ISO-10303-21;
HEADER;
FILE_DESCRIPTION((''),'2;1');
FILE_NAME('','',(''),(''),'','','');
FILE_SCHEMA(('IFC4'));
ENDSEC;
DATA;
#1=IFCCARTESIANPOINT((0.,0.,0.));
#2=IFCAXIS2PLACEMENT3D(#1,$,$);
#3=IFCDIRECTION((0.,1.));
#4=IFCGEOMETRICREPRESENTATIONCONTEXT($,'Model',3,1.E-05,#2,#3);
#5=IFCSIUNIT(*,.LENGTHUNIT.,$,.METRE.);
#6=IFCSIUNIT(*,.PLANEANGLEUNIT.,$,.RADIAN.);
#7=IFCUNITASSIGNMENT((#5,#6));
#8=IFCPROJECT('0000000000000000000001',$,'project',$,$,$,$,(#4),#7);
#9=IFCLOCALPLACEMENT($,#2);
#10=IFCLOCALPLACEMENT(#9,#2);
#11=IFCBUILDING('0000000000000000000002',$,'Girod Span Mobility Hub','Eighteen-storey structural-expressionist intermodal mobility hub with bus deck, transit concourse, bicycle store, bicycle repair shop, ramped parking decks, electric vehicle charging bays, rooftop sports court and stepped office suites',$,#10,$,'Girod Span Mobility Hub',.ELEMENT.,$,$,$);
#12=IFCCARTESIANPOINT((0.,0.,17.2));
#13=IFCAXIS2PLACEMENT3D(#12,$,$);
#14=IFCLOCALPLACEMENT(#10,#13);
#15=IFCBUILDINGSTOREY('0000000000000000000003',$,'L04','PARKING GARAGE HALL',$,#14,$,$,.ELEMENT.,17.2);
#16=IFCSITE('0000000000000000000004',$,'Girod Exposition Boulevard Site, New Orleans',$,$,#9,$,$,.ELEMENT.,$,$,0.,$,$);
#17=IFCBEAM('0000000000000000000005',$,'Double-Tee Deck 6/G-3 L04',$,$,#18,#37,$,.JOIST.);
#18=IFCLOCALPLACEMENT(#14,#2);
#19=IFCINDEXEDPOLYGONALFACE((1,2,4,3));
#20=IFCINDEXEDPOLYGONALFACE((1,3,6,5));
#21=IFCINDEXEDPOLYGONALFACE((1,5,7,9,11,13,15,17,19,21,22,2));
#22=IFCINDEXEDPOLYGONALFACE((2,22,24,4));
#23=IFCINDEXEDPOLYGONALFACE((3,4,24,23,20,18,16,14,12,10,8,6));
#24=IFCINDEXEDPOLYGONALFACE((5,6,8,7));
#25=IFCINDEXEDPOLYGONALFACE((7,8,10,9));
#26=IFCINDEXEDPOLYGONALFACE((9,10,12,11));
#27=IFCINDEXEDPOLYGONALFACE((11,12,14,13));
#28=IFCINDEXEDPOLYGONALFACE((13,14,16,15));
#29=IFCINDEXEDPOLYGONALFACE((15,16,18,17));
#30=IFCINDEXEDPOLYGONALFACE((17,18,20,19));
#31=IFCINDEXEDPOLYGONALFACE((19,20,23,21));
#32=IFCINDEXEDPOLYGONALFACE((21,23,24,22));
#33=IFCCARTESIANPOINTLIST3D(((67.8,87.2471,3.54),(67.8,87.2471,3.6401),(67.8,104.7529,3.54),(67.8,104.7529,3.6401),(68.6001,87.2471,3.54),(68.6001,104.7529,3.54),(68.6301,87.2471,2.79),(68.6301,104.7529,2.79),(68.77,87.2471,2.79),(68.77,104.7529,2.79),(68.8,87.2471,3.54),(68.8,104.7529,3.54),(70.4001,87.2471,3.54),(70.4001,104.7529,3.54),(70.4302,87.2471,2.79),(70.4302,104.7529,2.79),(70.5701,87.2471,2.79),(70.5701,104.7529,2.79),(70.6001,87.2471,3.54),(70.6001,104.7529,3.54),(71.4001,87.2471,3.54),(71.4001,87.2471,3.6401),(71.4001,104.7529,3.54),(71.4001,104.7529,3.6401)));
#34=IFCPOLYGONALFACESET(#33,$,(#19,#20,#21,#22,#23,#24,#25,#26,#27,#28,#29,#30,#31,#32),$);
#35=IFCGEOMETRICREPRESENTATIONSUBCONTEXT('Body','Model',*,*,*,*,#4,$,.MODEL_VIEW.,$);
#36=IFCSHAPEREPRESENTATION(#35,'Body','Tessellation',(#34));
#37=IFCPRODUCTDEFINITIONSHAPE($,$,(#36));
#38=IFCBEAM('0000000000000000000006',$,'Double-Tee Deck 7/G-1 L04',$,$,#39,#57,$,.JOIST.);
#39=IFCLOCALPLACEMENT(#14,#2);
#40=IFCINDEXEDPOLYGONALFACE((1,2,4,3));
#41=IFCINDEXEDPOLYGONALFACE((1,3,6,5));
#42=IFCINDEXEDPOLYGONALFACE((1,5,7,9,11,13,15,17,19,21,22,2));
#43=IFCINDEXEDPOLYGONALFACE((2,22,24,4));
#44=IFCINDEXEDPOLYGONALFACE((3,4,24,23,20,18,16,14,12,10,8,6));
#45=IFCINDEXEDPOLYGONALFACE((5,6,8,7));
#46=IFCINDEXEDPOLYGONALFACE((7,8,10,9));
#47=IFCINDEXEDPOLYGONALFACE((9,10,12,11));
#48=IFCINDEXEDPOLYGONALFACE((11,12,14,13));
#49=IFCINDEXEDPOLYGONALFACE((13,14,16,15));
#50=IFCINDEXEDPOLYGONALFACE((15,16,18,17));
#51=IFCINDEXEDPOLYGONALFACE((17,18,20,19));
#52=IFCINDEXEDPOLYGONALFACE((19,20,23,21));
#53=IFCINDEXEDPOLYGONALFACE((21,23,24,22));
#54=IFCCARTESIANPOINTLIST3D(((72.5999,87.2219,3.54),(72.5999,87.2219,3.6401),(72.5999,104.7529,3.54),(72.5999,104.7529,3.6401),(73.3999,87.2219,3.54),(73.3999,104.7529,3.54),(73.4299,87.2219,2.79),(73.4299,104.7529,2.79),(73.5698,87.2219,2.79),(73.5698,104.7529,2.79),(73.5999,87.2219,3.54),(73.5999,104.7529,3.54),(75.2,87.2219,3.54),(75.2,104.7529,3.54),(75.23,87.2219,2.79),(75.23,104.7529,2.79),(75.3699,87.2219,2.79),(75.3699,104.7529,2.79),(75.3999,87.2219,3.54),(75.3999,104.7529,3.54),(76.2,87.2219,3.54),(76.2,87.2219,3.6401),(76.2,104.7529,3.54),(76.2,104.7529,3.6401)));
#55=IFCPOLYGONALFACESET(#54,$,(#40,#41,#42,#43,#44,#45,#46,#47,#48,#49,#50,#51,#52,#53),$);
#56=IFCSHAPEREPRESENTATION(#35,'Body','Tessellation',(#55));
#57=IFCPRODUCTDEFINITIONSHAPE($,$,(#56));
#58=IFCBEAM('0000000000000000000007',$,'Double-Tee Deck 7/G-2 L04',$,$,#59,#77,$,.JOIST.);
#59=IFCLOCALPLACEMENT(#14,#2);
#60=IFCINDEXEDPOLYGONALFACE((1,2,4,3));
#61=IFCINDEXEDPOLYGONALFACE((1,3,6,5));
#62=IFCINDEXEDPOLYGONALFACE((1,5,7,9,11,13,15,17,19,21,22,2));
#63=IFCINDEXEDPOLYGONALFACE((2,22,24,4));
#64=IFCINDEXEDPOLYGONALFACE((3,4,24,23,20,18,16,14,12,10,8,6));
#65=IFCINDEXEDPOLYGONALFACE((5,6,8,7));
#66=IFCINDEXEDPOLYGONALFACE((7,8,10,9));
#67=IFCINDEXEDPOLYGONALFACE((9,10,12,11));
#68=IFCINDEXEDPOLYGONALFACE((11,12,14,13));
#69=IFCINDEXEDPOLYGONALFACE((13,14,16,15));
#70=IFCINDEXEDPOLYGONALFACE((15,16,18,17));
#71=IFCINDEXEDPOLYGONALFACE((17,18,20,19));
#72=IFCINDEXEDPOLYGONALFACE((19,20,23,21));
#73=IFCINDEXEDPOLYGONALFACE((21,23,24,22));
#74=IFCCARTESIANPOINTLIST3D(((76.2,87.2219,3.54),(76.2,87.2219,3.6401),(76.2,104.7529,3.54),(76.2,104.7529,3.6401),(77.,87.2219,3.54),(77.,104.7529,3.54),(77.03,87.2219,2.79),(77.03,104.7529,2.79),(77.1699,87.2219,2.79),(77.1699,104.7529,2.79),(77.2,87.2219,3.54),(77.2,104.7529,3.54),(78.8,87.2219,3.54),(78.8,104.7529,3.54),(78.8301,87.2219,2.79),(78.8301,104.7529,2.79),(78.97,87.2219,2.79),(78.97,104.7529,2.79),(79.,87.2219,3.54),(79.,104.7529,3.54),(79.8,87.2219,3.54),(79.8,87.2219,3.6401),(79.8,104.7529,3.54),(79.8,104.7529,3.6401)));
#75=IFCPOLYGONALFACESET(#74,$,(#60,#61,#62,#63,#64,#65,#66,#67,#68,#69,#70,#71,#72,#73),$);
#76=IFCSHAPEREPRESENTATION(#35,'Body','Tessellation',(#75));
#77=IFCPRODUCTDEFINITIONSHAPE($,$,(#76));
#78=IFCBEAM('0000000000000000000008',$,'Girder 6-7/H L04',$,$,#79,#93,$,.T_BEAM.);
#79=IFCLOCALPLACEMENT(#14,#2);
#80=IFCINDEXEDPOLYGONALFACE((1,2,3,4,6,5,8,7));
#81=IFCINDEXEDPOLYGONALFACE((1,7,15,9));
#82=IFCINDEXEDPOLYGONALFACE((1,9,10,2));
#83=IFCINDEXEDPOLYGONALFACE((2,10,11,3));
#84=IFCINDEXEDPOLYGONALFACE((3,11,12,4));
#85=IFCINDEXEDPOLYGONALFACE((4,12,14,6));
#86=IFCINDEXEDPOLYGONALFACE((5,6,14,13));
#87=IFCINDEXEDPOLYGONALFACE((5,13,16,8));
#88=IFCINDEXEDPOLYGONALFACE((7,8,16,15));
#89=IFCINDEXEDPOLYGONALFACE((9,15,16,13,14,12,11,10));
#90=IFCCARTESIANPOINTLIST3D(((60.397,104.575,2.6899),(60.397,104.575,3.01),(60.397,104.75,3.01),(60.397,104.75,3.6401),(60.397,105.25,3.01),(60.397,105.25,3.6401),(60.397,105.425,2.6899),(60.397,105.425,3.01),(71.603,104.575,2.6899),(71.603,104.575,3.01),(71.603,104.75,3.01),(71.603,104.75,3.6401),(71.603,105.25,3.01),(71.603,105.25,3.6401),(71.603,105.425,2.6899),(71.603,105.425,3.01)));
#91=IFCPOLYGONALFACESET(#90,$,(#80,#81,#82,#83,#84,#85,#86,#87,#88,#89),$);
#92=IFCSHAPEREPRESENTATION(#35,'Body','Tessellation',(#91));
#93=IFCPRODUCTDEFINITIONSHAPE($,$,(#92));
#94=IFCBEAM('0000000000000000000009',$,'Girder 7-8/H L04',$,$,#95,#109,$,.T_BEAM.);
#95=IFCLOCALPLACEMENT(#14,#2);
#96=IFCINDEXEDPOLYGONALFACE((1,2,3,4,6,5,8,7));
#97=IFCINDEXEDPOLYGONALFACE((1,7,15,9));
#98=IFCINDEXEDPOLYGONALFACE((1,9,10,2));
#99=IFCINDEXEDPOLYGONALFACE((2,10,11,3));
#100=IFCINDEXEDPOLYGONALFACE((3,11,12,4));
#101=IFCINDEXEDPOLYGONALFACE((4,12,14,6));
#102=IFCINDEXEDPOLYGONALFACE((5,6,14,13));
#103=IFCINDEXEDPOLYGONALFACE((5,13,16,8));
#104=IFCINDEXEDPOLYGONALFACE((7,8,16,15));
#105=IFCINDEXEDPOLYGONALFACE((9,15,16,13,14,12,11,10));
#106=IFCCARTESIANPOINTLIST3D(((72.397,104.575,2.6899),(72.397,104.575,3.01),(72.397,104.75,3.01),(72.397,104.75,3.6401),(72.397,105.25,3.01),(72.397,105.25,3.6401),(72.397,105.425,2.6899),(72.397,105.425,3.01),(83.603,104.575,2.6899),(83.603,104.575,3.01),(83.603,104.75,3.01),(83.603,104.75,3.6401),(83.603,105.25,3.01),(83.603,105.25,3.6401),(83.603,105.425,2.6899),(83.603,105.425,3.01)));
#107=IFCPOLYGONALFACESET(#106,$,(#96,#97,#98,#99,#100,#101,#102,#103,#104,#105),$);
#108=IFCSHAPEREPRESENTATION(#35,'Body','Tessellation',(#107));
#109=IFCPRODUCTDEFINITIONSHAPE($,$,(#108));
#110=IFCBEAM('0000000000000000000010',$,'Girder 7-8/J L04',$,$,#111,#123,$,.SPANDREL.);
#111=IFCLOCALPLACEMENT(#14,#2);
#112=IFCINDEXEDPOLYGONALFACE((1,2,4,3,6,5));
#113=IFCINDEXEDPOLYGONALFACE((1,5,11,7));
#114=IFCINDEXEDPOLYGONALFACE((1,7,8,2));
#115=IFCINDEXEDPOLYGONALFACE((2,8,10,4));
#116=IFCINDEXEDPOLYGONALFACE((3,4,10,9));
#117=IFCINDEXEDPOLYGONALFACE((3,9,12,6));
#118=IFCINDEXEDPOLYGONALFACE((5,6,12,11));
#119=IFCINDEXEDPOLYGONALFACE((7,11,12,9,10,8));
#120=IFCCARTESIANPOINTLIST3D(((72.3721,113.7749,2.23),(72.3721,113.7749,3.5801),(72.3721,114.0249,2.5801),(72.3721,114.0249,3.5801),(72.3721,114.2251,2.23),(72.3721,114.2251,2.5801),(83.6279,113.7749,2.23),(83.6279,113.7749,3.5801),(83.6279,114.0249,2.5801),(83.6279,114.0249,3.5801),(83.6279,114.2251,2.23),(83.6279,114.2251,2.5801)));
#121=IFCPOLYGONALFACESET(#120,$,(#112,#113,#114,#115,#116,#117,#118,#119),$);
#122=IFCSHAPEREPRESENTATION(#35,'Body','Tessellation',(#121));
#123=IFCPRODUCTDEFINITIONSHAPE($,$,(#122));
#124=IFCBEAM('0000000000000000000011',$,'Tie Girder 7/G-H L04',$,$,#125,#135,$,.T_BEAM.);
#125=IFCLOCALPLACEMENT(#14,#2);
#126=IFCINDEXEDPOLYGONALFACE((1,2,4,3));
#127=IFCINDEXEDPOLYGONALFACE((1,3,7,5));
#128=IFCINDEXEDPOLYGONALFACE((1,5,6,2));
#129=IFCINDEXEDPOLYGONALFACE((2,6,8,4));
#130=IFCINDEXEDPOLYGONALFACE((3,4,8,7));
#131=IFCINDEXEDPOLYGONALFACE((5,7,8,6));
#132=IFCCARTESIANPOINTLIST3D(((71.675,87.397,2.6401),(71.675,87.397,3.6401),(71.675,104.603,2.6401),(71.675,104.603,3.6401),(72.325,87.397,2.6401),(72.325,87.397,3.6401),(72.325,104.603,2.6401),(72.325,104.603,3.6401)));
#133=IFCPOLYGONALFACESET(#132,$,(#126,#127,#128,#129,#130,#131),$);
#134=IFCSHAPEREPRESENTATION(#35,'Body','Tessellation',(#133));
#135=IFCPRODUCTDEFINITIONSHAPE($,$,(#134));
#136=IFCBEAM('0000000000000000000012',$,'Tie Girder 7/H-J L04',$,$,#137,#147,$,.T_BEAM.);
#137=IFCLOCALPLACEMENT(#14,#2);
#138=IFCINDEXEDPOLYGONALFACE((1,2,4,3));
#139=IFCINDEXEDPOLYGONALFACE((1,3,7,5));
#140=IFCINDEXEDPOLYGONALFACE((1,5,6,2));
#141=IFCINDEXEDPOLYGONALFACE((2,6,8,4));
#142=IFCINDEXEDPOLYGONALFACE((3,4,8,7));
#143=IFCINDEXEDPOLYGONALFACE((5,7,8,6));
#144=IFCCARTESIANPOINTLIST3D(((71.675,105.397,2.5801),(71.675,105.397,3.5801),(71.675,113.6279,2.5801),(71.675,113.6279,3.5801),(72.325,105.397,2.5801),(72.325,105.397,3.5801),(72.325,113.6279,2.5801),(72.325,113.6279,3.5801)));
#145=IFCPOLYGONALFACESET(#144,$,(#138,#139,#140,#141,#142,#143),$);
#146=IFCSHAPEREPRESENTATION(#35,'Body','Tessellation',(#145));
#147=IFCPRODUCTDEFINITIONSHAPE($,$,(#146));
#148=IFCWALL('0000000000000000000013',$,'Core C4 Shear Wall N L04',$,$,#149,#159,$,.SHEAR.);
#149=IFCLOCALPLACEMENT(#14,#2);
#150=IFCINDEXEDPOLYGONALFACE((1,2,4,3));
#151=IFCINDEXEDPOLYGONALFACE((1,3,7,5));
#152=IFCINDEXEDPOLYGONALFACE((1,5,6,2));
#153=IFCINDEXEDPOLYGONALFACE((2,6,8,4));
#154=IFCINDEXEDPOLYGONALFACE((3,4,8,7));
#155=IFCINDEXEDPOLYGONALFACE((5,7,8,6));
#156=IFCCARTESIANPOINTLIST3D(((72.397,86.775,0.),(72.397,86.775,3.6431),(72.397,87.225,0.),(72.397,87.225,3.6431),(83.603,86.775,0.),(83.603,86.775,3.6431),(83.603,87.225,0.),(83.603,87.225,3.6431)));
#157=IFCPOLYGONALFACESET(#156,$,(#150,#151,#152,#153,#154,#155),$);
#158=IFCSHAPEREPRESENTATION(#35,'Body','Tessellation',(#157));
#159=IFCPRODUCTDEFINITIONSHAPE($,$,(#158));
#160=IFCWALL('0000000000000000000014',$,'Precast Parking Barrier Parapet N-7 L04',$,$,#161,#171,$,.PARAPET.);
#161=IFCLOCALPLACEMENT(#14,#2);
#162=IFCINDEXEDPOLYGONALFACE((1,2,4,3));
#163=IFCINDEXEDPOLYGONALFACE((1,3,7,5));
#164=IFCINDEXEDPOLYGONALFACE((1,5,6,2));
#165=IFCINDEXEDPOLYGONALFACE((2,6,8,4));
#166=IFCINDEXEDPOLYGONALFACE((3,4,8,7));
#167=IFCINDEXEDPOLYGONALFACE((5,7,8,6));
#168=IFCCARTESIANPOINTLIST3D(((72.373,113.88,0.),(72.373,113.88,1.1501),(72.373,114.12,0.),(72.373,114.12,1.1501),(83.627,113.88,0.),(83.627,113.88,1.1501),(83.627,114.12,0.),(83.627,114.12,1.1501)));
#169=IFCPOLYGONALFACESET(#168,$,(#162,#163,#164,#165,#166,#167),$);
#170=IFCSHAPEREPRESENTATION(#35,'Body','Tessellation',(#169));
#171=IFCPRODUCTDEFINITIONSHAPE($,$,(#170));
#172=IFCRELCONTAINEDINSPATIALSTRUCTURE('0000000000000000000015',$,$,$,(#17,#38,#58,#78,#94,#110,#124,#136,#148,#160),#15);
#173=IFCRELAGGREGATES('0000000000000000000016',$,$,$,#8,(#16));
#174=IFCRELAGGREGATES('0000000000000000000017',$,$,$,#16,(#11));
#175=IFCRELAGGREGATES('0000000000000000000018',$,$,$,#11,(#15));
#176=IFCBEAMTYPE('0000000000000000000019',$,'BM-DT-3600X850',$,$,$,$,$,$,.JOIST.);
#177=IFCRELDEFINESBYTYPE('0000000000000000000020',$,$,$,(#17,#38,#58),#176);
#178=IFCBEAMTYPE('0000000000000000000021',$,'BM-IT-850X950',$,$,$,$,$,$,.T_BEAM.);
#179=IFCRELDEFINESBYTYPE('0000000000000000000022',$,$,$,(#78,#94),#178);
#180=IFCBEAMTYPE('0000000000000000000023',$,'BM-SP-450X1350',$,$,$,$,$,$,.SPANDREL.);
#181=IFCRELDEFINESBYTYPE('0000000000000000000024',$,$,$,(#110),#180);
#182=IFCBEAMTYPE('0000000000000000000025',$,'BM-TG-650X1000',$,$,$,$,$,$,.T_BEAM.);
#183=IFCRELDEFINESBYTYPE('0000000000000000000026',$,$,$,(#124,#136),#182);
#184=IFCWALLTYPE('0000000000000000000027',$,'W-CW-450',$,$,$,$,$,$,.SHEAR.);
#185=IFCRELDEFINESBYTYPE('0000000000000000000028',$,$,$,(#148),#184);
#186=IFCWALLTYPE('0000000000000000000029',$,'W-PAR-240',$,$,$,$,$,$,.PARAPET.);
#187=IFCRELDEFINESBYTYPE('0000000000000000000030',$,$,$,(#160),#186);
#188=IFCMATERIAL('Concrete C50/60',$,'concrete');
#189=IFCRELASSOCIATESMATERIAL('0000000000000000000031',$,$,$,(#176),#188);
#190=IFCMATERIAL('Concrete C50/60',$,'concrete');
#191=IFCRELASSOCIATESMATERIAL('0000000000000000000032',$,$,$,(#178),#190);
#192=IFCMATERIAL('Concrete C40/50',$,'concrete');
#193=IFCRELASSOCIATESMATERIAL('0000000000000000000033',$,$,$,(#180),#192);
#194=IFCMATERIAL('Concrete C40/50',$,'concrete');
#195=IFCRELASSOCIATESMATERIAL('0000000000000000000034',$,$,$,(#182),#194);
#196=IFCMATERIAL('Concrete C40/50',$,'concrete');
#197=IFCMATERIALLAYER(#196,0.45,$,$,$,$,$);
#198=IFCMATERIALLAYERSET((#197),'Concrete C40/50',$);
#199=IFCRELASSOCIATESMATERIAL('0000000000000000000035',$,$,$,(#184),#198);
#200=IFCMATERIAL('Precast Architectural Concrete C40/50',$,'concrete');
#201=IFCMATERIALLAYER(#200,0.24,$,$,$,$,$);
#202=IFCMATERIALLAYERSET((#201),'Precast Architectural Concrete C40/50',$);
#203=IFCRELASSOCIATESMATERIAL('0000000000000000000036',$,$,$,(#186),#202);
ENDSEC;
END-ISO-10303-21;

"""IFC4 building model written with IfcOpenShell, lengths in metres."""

from ifc_helpers import new_model, si_unit, direction, frame, frame_2d, origin, origin_2d, place, context, subcontext, project, spatial, polyline, rectangle, outline, extrude, material, layer, layer_set, material_profile, profile_set, type_object, element, save


model = new_model("IFC4")

# Units and contexts
model_context = context("Model", 3, precision=1e-05, world=origin(), true_north=direction((0.0, 1.0)))
body_context = subcontext(model_context, "Body", "Model", "MODEL_VIEW")
ifc_project = project(units=[si_unit("LENGTHUNIT", "METRE"), si_unit("PLANEANGLEUNIT", "RADIAN")], contexts=[model_context])

# Site, building, storey
site_placement = place(None, origin())
site = spatial("IfcSite", under=ifc_project, at=site_placement, Name="Girod Exposition Boulevard Site, New Orleans", CompositionType="ELEMENT", RefElevation=0.0)
building_placement = place(site_placement, origin())
building = spatial("IfcBuilding", under=site, at=building_placement, Name="Girod Span Mobility Hub", Description="Eighteen-storey structural-expressionist intermodal mobility hub with bus deck, transit concourse, bicycle store, bicycle repair shop, ramped parking decks, electric vehicle charging bays, rooftop sports court and stepped office suites", LongName="Girod Span Mobility Hub", CompositionType="ELEMENT")
storey_placement = place(building_placement, frame((0.0, 0.0, 17.2)))
storey = spatial("IfcBuildingStorey", under=building, at=storey_placement, Name="L04", Description="PARKING GARAGE HALL", CompositionType="ELEMENT", Elevation=17.2)

# Beams
ifc_material_1 = material(Name="Concrete C50/60", Category="concrete")
ifc_material_profile_1 = material_profile(ifc_material_1, outline(polyline([(-1.8, 0.425), (-1.8, 0.325), (-1.0, 0.325), (-0.97, -0.425), (-0.8301, -0.425), (-0.8, 0.325), (0.8, 0.325), (0.8301, -0.425), (0.97, -0.425), (1.0, 0.325), (1.8, 0.325), (1.8, 0.425), (-1.8, 0.425)])), Name="DT-3600X850")
ifc_profile_set_1 = profile_set([ifc_material_profile_1], Name="Concrete C50/60")
beam_type_1 = type_object("IfcBeamType", Name="BM-DT-3600X850", PredefinedType="JOIST", material=ifc_profile_set_1)
for number, where, z_axis, x_axis, name in (
    (1, (69.6001, 87.2471, 3.2151), (0.0, 1.0, 0.0), (-1.0, 0.0, 0.0), "Double-Tee Deck 6/G-3 L04"),
):
    element("IfcBeam", number, at=place(storey_placement, frame(where, z_axis=z_axis, x_axis=x_axis)), inside=storey, type_object=beam_type_1, Name=name, PredefinedType="JOIST", context=body_context, shape_type="SweptSolid", body=[
        extrude(outline(polyline([(-1.8, 0.425), (-1.8, 0.325), (-1.0, 0.325), (-0.97, -0.425), (-0.8301, -0.425), (-0.8, 0.325), (0.8, 0.325), (0.8301, -0.425), (0.97, -0.425), (1.0, 0.325), (1.8, 0.325), (1.8, 0.425), (-1.8, 0.425)])), origin(), (0.0, 0.0, 1.0), 17.5059),
    ])
for number, where, z_axis, x_axis, name in (
    (2, (74.3999, 87.2219, 3.2151), (0.0, 1.0, 0.0), (-1.0, 0.0, 0.0), "Double-Tee Deck 7/G-1 L04"),
    (3, (78.0, 87.2219, 3.2151), (0.0, 1.0, 0.0), (-1.0, 0.0, 0.0), "Double-Tee Deck 7/G-2 L04"),
):
    element("IfcBeam", number, at=place(storey_placement, frame(where, z_axis=z_axis, x_axis=x_axis)), inside=storey, type_object=beam_type_1, Name=name, PredefinedType="JOIST", context=body_context, shape_type="SweptSolid", body=[
        extrude(outline(polyline([(-1.8, 0.425), (-1.8, 0.325), (-1.0, 0.325), (-0.97, -0.425), (-0.8301, -0.425), (-0.8, 0.325), (0.8, 0.325), (0.8301, -0.425), (0.97, -0.425), (1.0, 0.325), (1.8, 0.325), (1.8, 0.425), (-1.8, 0.425)])), origin(), (0.0, 0.0, 1.0), 17.531),
    ])
ifc_material_2 = material(Name="Concrete C50/60", Category="concrete")
ifc_material_profile_2 = material_profile(ifc_material_2, outline(polyline([(-0.425, -0.4751), (0.425, -0.4751), (0.425, -0.155), (0.25, -0.155), (0.25, 0.4751), (-0.25, 0.4751), (-0.25, -0.155), (-0.425, -0.155), (-0.425, -0.4751)])), Name="IT-850X950")
ifc_profile_set_2 = profile_set([ifc_material_profile_2], Name="Concrete C50/60")
beam_type_2 = type_object("IfcBeamType", Name="BM-IT-850X950", PredefinedType="T_BEAM", material=ifc_profile_set_2)
for number, where, z_axis, x_axis, name in (
    (4, (60.397, 105.0, 3.165), (1.0, 0.0, 0.0), (0.0, 1.0, 0.0), "Girder 6-7/H L04"),
    (5, (72.397, 105.0, 3.165), (1.0, 0.0, 0.0), (0.0, 1.0, 0.0), "Girder 7-8/H L04"),
):
    element("IfcBeam", number, at=place(storey_placement, frame(where, z_axis=z_axis, x_axis=x_axis)), inside=storey, type_object=beam_type_2, Name=name, PredefinedType="T_BEAM", context=body_context, shape_type="SweptSolid", body=[
        extrude(outline(polyline([(-0.425, -0.4751), (0.425, -0.4751), (0.425, -0.155), (0.25, -0.155), (0.25, 0.4751), (-0.25, 0.4751), (-0.25, -0.155), (-0.425, -0.155), (-0.425, -0.4751)])), origin(), (0.0, 0.0, 1.0), 11.2061),
    ])
ifc_material_3 = material(Name="Concrete C40/50", Category="concrete")
ifc_material_profile_3 = material_profile(ifc_material_3, outline(polyline([(-0.2251, -0.675), (0.2251, -0.675), (0.2251, -0.325), (0.0249, -0.325), (0.0249, 0.675), (-0.2251, 0.675), (-0.2251, -0.675)])), Name="SP-450X1350")
ifc_profile_set_3 = profile_set([ifc_material_profile_3], Name="Concrete C40/50")
beam_type_3 = type_object("IfcBeamType", Name="BM-SP-450X1350", PredefinedType="SPANDREL", material=ifc_profile_set_3)
beam_1_placement = place(storey_placement, frame((72.3721, 114.0, 2.905), z_axis=(1.0, 0.0, 0.0), x_axis=(0.0, 1.0, 0.0)))
element("IfcBeam", 6, at=beam_1_placement, inside=storey, type_object=beam_type_3, Name="Girder 7-8/J L04", PredefinedType="SPANDREL", context=body_context, shape_type="SweptSolid", body=[
    extrude(outline(polyline([(-0.2251, -0.675), (0.2251, -0.675), (0.2251, -0.325), (0.0249, -0.325), (0.0249, 0.675), (-0.2251, 0.675), (-0.2251, -0.675)])), origin(), (0.0, 0.0, 1.0), 11.2559),
])
ifc_material_4 = material(Name="Concrete C40/50", Category="concrete")
ifc_material_profile_4 = material_profile(ifc_material_4, rectangle(XDim=0.6499, YDim=1.0, at=origin_2d()), Name="TG-650X1000")
ifc_profile_set_4 = profile_set([ifc_material_profile_4], Name="Concrete C40/50")
beam_type_4 = type_object("IfcBeamType", Name="BM-TG-650X1000", PredefinedType="T_BEAM", material=ifc_profile_set_4)
beam_2_placement = place(storey_placement, frame((72.0, 87.397, 3.1401), z_axis=(0.0, 1.0, 0.0), x_axis=(-1.0, 0.0, 0.0)))
element("IfcBeam", 7, at=beam_2_placement, inside=storey, type_object=beam_type_4, Name="Tie Girder 7/G-H L04", PredefinedType="T_BEAM", context=body_context, shape_type="SweptSolid", body=[
    extrude(rectangle(XDim=0.6499, YDim=1.0, at=origin_2d()), origin(), (0.0, 0.0, 1.0), 17.2061),
])
beam_3_placement = place(storey_placement, frame((72.0, 105.397, 3.0801), z_axis=(0.0, 1.0, 0.0), x_axis=(-1.0, 0.0, 0.0)))
element("IfcBeam", 8, at=beam_3_placement, inside=storey, type_object=beam_type_4, Name="Tie Girder 7/H-J L04", PredefinedType="T_BEAM", context=body_context, shape_type="SweptSolid", body=[
    extrude(rectangle(XDim=0.6499, YDim=1.0, at=origin_2d()), origin(), (0.0, 0.0, 1.0), 8.231),
])

# Walls
ifc_material_5 = material(Name="Concrete C40/50", Category="concrete")
ifc_layer_1 = layer(ifc_material_5, 0.45)
ifc_layer_set_1 = layer_set([ifc_layer_1], Name="Concrete C40/50")
wall_type_1 = type_object("IfcWallType", Name="W-CW-450", PredefinedType="SHEAR", material=ifc_layer_set_1)
wall_1_placement = place(storey_placement, frame((72.397, 87.0, 0.0), z_axis=(0.0, 0.0, 1.0), x_axis=(1.0, 0.0, 0.0)))
element("IfcWall", 9, at=wall_1_placement, inside=storey, type_object=wall_type_1, Name="Core C4 Shear Wall N L04", PredefinedType="SHEAR", context=body_context, shape_type="SweptSolid", body=[
    extrude(rectangle(XDim=11.2061, YDim=0.45, at=frame_2d((5.603, 0.0))), origin(), (0.0, 0.0, 1.0), 3.6431),
])
ifc_material_6 = material(Name="Precast Architectural Concrete C40/50", Category="concrete")
ifc_layer_2 = layer(ifc_material_6, 0.24)
ifc_layer_set_2 = layer_set([ifc_layer_2], Name="Precast Architectural Concrete C40/50")
wall_type_2 = type_object("IfcWallType", Name="W-PAR-240", PredefinedType="PARAPET", material=ifc_layer_set_2)
wall_2_placement = place(storey_placement, frame((72.373, 114.0, 0.0), z_axis=(0.0, 0.0, 1.0), x_axis=(1.0, 0.0, 0.0)))
element("IfcWall", 10, at=wall_2_placement, inside=storey, type_object=wall_type_2, Name="Precast Parking Barrier Parapet N-7 L04", PredefinedType="PARAPET", context=body_context, shape_type="SweptSolid", body=[
    extrude(rectangle(XDim=11.2539, YDim=0.24, at=frame_2d((5.627, 0.0))), origin(), (0.0, 0.0, 1.0), 1.1501),
])

save(model, "model.ifc")
